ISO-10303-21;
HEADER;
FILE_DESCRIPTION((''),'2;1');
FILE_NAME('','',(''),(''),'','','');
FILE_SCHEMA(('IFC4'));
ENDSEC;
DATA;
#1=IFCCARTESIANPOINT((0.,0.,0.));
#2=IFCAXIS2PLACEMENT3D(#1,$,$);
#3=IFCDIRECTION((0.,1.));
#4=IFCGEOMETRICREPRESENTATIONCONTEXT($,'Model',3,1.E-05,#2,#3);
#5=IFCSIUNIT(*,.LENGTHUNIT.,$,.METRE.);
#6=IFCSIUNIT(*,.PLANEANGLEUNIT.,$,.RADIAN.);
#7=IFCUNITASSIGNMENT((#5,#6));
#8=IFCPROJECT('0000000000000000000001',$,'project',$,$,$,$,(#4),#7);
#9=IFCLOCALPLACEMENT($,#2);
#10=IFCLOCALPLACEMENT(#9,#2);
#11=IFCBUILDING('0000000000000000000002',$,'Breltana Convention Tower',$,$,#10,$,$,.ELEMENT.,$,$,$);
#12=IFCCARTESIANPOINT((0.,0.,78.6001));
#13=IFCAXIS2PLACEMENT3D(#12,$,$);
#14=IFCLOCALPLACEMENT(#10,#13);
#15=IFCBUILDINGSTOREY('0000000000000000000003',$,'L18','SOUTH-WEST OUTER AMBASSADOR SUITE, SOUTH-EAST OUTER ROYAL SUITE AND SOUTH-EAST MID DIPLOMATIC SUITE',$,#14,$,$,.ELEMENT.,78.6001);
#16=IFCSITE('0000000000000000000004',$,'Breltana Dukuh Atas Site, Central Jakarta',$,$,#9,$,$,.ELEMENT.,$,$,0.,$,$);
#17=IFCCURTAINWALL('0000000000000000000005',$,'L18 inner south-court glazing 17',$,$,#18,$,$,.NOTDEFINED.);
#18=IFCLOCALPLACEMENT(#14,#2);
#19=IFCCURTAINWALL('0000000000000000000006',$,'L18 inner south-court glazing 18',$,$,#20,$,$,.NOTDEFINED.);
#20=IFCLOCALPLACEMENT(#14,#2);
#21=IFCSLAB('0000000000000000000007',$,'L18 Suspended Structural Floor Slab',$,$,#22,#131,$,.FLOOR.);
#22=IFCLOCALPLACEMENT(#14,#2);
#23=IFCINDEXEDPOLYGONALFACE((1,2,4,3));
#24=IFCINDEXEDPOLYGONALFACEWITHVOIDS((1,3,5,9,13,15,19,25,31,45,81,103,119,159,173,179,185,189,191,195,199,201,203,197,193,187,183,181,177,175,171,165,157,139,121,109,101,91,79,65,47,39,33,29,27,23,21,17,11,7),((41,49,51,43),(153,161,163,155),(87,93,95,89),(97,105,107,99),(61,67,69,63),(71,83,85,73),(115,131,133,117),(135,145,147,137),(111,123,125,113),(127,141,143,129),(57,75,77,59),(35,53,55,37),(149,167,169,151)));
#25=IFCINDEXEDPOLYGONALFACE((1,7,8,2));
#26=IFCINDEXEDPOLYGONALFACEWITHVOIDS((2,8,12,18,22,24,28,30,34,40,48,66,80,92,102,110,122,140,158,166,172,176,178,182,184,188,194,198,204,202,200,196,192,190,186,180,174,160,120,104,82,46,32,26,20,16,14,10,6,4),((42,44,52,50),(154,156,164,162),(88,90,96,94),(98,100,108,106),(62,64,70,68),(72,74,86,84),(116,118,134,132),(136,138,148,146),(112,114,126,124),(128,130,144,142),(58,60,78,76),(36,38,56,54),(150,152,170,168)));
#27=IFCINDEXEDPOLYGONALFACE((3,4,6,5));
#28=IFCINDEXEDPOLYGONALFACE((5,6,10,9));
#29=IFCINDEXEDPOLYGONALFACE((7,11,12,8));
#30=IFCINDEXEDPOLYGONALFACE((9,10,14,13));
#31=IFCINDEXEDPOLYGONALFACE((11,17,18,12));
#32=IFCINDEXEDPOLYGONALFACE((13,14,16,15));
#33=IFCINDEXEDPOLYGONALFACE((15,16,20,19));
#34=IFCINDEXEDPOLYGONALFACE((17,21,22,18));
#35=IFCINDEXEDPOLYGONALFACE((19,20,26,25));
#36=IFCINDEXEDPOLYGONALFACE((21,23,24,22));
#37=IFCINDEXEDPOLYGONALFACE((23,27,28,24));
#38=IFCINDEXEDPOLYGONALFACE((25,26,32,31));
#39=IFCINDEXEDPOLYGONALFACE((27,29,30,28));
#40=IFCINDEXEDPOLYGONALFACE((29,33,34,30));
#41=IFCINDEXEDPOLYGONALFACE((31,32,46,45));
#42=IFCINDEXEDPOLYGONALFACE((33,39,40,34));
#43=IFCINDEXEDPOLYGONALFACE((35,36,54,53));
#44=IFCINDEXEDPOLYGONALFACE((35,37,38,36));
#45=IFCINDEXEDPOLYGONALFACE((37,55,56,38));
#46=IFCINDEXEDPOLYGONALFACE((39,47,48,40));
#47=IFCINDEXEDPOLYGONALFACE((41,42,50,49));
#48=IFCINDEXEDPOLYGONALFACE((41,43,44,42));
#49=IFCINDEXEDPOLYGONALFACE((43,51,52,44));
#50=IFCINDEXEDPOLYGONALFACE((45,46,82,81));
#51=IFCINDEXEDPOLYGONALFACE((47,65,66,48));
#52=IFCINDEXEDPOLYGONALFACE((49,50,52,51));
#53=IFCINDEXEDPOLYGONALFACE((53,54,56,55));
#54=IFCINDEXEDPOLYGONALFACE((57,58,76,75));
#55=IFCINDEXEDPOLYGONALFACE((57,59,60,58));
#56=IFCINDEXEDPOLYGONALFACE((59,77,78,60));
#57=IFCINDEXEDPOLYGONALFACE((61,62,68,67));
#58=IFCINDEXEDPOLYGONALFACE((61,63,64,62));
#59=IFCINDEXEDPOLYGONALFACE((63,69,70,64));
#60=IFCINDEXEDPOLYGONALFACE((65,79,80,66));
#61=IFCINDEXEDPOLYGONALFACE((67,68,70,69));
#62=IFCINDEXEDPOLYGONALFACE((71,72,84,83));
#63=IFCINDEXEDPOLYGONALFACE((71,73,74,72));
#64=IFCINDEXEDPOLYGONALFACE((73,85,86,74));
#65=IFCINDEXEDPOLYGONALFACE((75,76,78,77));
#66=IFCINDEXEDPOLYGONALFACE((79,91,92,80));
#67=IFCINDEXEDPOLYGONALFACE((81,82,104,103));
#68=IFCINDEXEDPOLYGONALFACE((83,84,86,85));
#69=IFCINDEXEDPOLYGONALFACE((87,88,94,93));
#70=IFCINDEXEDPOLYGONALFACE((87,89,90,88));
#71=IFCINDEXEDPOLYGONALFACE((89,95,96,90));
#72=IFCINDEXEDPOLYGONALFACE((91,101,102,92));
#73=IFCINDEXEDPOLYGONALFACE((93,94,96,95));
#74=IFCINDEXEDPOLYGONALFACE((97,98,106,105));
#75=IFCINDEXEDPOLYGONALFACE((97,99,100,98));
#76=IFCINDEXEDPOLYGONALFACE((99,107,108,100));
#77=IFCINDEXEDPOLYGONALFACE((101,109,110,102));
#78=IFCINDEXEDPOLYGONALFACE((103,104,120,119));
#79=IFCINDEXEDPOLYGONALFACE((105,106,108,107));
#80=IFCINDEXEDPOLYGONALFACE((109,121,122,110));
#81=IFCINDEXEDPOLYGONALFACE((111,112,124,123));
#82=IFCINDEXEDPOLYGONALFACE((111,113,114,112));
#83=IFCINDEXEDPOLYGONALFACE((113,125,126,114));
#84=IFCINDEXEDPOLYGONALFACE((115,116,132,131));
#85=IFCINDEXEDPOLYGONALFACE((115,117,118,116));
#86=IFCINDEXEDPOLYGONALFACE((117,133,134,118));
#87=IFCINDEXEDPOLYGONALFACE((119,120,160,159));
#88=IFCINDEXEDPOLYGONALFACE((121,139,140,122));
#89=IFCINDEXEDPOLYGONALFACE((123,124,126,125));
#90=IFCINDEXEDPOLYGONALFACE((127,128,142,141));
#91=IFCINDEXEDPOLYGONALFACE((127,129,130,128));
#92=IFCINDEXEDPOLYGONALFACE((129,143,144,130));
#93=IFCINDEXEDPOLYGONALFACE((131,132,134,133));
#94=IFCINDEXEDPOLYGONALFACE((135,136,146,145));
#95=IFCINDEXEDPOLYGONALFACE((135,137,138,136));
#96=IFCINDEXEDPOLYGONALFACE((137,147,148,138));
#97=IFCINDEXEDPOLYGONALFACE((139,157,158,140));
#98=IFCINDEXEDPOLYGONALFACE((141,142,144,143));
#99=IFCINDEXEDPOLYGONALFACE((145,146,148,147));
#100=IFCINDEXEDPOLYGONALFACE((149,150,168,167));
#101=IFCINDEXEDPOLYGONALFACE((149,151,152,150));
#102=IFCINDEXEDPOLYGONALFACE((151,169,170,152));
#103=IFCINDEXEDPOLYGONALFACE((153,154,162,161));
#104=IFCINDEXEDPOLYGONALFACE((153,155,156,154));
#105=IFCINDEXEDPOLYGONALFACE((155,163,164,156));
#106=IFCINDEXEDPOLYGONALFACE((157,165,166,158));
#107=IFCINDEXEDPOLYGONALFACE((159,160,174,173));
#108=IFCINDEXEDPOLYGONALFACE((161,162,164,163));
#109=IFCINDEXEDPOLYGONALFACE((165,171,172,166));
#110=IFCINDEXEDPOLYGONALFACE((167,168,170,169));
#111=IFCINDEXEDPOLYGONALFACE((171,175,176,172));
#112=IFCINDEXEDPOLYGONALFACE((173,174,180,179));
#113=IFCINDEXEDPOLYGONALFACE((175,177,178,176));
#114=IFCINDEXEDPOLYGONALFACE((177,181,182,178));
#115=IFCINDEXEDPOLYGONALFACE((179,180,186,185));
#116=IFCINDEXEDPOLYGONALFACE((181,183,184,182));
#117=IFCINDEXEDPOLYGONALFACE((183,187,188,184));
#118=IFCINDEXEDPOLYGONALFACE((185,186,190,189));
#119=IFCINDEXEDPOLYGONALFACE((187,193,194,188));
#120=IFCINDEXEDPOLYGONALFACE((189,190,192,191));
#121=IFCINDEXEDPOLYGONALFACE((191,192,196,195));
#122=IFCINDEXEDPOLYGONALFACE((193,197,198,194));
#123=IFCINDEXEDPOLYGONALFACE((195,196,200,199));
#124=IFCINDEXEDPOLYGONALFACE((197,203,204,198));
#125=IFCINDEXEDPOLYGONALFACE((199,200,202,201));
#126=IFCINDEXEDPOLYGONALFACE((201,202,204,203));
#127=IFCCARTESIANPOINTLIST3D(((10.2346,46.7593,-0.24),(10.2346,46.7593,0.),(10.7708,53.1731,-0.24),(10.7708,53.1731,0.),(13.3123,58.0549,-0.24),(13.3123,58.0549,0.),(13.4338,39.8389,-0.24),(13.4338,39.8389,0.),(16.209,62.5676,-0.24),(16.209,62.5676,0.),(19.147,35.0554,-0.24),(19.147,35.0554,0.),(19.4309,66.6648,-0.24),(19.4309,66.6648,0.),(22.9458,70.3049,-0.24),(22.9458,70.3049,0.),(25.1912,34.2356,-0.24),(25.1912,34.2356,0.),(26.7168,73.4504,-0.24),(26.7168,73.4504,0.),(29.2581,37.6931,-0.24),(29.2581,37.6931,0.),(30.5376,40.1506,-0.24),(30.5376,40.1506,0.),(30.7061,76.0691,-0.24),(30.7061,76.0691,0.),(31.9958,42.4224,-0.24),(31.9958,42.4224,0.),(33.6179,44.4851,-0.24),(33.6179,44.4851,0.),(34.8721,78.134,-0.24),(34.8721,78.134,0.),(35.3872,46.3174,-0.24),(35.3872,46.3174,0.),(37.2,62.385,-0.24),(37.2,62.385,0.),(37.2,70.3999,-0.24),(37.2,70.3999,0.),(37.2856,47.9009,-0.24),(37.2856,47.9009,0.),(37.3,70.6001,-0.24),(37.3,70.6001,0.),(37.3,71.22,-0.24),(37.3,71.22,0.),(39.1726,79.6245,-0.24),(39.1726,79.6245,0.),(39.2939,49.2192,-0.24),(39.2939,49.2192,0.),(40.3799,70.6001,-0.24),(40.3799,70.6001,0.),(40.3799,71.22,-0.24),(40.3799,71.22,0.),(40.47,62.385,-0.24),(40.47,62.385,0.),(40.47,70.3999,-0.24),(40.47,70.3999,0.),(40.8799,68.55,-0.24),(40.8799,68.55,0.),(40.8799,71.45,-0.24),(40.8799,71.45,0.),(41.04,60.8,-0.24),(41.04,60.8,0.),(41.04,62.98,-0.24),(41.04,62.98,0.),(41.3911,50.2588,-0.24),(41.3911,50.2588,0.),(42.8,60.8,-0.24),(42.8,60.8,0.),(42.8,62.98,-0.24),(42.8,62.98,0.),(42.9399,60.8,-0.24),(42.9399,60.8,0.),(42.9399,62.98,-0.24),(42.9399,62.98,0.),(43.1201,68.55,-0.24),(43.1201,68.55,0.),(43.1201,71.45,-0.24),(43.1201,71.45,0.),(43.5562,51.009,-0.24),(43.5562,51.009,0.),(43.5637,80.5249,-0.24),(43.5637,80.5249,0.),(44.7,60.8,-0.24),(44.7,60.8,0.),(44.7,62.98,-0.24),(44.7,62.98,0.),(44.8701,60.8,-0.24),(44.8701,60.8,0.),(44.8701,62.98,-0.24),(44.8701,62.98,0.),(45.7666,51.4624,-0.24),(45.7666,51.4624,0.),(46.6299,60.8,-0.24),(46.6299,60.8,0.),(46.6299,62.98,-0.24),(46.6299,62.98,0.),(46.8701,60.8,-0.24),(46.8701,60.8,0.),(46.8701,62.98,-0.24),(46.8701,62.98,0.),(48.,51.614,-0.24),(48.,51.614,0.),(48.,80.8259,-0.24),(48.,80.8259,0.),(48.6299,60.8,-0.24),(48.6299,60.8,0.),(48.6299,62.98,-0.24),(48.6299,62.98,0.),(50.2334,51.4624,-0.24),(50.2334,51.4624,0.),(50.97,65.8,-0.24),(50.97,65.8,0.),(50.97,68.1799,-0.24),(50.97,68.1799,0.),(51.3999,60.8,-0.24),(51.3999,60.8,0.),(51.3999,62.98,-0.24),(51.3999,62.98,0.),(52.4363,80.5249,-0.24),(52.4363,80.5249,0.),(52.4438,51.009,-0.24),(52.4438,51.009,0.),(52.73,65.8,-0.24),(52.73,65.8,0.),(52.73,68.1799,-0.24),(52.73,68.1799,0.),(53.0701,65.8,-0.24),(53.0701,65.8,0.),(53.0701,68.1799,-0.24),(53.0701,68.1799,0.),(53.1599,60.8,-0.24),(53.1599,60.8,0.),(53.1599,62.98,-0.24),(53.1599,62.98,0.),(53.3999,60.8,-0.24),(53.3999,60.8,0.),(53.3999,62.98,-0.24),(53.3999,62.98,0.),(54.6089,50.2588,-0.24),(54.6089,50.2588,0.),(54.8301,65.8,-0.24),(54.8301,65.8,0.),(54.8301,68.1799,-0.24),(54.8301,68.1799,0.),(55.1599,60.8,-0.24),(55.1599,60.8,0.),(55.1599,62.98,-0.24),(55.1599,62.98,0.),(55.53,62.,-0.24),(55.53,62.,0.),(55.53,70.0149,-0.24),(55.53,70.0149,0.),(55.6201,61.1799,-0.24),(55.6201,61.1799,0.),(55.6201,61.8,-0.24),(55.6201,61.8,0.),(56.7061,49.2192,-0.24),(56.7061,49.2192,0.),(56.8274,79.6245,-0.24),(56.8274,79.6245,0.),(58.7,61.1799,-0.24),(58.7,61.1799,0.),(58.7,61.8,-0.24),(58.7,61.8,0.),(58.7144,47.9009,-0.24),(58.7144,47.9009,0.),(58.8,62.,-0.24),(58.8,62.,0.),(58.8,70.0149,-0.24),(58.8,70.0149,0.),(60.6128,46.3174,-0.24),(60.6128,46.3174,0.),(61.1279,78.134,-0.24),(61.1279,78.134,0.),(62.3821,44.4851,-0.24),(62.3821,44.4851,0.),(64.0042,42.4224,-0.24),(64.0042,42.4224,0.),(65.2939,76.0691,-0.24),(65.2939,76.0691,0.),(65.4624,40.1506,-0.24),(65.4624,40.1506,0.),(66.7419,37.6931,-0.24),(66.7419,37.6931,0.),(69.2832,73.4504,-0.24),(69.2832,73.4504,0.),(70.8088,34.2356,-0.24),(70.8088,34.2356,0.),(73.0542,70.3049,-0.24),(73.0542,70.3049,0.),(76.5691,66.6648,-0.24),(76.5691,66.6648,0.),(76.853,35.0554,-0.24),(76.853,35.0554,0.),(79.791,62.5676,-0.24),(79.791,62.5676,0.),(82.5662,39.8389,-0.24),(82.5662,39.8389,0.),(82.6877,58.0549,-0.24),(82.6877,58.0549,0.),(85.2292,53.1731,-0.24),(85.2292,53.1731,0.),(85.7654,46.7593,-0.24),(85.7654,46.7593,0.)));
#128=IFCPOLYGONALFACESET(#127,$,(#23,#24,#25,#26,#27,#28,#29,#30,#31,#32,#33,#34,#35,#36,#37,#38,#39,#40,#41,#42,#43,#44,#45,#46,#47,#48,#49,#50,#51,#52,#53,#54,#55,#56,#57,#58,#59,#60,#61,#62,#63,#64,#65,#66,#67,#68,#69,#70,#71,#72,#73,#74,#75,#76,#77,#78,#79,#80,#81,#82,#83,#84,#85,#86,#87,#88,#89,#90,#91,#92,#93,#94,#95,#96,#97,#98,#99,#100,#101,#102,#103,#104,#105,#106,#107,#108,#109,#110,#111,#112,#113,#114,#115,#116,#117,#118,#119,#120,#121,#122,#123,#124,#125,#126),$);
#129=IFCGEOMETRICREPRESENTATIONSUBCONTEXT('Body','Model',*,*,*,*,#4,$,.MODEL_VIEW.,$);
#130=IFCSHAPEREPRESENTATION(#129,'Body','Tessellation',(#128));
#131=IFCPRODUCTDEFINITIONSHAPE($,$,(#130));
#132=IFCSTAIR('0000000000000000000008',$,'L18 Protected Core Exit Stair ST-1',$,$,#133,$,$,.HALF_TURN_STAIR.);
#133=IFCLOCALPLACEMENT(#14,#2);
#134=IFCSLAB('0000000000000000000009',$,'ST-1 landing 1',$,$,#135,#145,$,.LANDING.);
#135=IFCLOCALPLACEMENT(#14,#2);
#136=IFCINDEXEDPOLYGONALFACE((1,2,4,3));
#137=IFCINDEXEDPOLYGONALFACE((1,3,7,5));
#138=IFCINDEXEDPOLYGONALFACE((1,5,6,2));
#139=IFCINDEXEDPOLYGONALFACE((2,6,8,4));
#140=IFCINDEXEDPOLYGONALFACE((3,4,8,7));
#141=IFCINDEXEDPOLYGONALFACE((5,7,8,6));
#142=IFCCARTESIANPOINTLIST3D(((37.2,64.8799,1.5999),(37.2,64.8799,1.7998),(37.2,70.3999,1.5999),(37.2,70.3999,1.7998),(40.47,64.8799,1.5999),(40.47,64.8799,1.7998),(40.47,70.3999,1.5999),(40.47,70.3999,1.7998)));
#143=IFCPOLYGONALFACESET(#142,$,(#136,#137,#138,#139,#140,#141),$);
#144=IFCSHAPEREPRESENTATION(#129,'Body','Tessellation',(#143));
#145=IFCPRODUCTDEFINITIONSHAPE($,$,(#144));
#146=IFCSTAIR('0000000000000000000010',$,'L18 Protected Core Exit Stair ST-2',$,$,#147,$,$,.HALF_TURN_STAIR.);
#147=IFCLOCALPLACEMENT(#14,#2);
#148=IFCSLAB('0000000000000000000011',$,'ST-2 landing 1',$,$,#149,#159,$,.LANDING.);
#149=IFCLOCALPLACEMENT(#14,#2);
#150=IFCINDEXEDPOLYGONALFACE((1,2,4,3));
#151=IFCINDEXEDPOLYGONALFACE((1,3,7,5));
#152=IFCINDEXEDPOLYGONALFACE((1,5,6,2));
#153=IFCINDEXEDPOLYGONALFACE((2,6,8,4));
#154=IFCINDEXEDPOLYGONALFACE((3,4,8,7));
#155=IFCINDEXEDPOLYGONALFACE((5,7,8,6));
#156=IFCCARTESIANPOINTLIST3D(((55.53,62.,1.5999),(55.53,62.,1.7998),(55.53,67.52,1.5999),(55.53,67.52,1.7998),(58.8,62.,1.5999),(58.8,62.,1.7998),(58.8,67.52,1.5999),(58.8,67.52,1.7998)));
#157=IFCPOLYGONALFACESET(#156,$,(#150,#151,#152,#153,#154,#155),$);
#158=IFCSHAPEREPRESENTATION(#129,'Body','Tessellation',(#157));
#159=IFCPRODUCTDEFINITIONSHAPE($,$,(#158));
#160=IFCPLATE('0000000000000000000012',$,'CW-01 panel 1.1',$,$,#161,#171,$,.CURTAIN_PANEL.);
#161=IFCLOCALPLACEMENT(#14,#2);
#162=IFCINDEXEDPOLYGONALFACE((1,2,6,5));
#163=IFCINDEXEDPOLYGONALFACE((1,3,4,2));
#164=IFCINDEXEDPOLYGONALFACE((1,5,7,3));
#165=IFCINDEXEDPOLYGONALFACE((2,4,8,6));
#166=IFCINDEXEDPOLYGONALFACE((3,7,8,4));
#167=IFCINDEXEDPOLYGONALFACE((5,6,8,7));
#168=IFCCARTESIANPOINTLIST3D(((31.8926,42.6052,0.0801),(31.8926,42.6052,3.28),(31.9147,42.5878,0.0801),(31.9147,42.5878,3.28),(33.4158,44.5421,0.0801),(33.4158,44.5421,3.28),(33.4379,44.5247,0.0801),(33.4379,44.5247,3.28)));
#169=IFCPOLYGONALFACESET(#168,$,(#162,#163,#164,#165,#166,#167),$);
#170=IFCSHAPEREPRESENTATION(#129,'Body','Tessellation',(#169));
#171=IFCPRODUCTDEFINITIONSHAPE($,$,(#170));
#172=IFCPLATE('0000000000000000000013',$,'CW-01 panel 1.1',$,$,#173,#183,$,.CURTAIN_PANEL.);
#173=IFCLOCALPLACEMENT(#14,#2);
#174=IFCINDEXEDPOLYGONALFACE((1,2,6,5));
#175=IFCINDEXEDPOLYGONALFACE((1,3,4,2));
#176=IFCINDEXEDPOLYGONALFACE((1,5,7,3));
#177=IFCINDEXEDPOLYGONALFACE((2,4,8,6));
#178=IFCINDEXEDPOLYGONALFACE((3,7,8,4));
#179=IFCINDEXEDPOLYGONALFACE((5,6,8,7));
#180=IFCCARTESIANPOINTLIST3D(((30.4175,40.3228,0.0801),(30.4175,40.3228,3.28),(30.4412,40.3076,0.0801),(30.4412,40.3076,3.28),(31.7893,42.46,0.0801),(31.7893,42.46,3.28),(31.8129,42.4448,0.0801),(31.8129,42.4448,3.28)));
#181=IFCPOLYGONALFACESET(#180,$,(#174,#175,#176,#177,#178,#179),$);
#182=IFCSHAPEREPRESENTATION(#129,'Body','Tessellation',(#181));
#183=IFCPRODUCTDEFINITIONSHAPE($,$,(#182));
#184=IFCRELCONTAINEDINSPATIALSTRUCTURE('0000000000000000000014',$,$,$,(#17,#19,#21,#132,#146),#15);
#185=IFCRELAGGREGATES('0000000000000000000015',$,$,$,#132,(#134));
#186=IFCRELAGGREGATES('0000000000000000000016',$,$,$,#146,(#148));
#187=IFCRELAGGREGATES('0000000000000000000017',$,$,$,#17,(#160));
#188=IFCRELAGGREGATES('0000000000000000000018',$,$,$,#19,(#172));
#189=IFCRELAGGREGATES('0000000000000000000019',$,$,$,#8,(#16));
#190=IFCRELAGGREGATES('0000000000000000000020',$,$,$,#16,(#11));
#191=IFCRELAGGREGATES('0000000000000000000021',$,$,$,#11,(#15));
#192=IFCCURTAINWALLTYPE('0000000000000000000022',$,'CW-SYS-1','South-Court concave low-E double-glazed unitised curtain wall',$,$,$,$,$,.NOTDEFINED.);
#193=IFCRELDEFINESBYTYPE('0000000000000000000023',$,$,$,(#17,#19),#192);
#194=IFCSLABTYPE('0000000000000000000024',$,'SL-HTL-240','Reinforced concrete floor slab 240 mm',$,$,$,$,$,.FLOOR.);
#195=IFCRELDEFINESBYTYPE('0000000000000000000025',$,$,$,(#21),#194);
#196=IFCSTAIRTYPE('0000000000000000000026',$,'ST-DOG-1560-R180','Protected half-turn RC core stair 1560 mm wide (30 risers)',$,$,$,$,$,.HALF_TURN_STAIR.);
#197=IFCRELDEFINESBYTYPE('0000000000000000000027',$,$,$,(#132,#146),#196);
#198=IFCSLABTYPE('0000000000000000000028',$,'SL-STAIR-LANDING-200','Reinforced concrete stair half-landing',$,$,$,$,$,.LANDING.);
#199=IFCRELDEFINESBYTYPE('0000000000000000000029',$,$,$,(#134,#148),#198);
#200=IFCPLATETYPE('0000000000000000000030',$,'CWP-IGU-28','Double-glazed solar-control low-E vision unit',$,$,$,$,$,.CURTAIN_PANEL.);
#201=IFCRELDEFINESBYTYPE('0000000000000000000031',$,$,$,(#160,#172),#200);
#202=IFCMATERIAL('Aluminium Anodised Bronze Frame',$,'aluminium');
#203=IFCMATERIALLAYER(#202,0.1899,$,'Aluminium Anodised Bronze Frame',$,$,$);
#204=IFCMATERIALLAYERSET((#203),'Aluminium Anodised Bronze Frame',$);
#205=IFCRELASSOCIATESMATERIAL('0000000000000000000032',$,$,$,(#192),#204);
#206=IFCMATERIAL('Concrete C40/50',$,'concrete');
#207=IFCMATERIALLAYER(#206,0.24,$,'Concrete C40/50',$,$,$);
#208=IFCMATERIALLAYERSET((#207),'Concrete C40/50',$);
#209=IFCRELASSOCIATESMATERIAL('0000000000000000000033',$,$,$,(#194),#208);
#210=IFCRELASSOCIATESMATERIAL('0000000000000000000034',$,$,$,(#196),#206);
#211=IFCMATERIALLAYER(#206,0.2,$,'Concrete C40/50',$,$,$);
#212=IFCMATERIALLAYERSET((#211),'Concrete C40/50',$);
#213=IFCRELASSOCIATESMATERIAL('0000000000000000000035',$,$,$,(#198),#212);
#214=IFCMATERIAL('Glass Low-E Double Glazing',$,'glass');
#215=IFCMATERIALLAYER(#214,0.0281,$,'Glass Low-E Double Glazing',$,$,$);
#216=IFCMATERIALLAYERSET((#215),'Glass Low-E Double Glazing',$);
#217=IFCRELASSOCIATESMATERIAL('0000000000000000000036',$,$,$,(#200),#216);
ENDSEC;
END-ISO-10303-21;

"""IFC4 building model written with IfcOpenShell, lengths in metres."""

from ifc_helpers import new_model, si_unit, direction, frame, origin, origin_2d, place, context, subcontext, project, spatial, polyline, rectangle, outline, extrude, source, transform, mapped, material, layer, layer_set, type_object, element, aggregate, save


model = new_model("IFC4")

# Units and contexts
model_context = context("Model", 3, precision=1e-05, world=origin(), true_north=direction((0.0, 1.0)))
body_context = subcontext(model_context, "Body", "Model", "MODEL_VIEW")
ifc_project = project(units=[si_unit("LENGTHUNIT", "METRE"), si_unit("PLANEANGLEUNIT", "RADIAN")], contexts=[model_context])

# Site, building, storey
site_placement = place(None, origin())
site = spatial("IfcSite", under=ifc_project, at=site_placement, Name="Breltana Dukuh Atas Site, Central Jakarta", CompositionType="ELEMENT", RefElevation=0.0)
building_placement = place(site_placement, origin())
building = spatial("IfcBuilding", under=site, at=building_placement, Name="Breltana Convention Tower", CompositionType="ELEMENT")
storey_placement = place(building_placement, frame((0.0, 0.0, 78.6001)))
storey = spatial("IfcBuildingStorey", under=building, at=storey_placement, Name="L18", Description="SOUTH-WEST OUTER AMBASSADOR SUITE, SOUTH-EAST OUTER ROYAL SUITE AND SOUTH-EAST MID DIPLOMATIC SUITE", CompositionType="ELEMENT", Elevation=78.6001)

# Curtain walls
ifc_material_1 = material(Name="Aluminium Anodised Bronze Frame", Category="aluminium")
ifc_layer_1 = layer(ifc_material_1, 0.1899, Name="Aluminium Anodised Bronze Frame")
ifc_layer_set_1 = layer_set([ifc_layer_1], Name="Aluminium Anodised Bronze Frame")
curtain_wall_type = type_object("IfcCurtainWallType", Name="CW-SYS-1", Description="South-Court concave low-E double-glazed unitised curtain wall", PredefinedType="NOTDEFINED", material=ifc_layer_set_1)
curtain_wall_1_placement = place(storey_placement, origin())
curtain_wall_1 = element("IfcCurtainWall", 1, at=curtain_wall_1_placement, inside=storey, type_object=curtain_wall_type, Name="L18 inner south-court glazing 17", PredefinedType="NOTDEFINED")
curtain_wall_2_placement = place(storey_placement, origin())
curtain_wall_2 = element("IfcCurtainWall", 2, at=curtain_wall_2_placement, inside=storey, type_object=curtain_wall_type, Name="L18 inner south-court glazing 18", PredefinedType="NOTDEFINED")

# Slab
ifc_material_2 = material(Name="Concrete C40/50", Category="concrete")
ifc_layer_2 = layer(ifc_material_2, 0.24, Name="Concrete C40/50")
ifc_layer_set_2 = layer_set([ifc_layer_2], Name="Concrete C40/50")
slab_type_1 = type_object("IfcSlabType", Name="SL-HTL-240", Description="Reinforced concrete floor slab 240 mm", PredefinedType="FLOOR", material=ifc_layer_set_2)
slab_1_placement = place(storey_placement, frame((0.0, 0.0, -0.24)))
element("IfcSlab", 3, at=slab_1_placement, inside=storey, type_object=slab_type_1, Name="L18 Suspended Structural Floor Slab", PredefinedType="FLOOR", context=body_context, shape_type="SweptSolid", body=[
    extrude(outline(polyline([(85.2292, 53.1731), (82.6877, 58.0549), (79.791, 62.5676), (76.5691, 66.6648), (73.0542, 70.3049), (69.2832, 73.4504), (65.2939, 76.0691), (61.1279, 78.134), (56.8274, 79.6245), (52.4363, 80.5249), (48.0, 80.8259), (43.5637, 80.5249), (39.1726, 79.6245), (34.8721, 78.134), (30.7061, 76.0691), (26.7168, 73.4504), (22.9458, 70.3049), (19.4309, 66.6648), (16.209, 62.5676), (13.3123, 58.0549), (10.7708, 53.1731), (10.2346, 46.7593), (13.4338, 39.8389), (19.147, 35.0554), (25.1912, 34.2356), (29.2581, 37.6931), (30.5376, 40.1506), (31.9958, 42.4224), (33.6179, 44.4851), (35.3872, 46.3174), (37.2856, 47.9009), (39.2939, 49.2192), (41.3911, 50.2588), (43.5562, 51.009), (45.7666, 51.4624), (48.0, 51.614), (50.2334, 51.4624), (52.4438, 51.009), (54.6089, 50.2588), (56.7061, 49.2192), (58.7144, 47.9009), (60.6128, 46.3174), (62.3821, 44.4851), (64.0042, 42.4224), (65.4624, 40.1506), (66.7419, 37.6931), (70.8088, 34.2356), (76.853, 35.0554), (82.5662, 39.8389), (85.7654, 46.7593), (85.2292, 53.1731)]), holes=[polyline([(37.2, 62.385), (40.47, 62.385), (40.47, 70.3999), (37.2, 70.3999), (37.2, 62.385)]), polyline([(55.53, 62.0), (58.8, 62.0), (58.8, 70.0149), (55.53, 70.0149), (55.53, 62.0)]), polyline([(41.04, 60.8), (42.8, 60.8), (42.8, 62.98), (41.04, 62.98), (41.04, 60.8)]), polyline([(42.9399, 60.8), (44.7, 60.8), (44.7, 62.98), (42.9399, 62.98), (42.9399, 60.8)]), polyline([(44.8701, 60.8), (46.6299, 60.8), (46.6299, 62.98), (44.8701, 62.98), (44.8701, 60.8)]), polyline([(46.8701, 60.8), (48.6299, 60.8), (48.6299, 62.98), (46.8701, 62.98), (46.8701, 60.8)]), polyline([(51.3999, 60.8), (53.1599, 60.8), (53.1599, 62.98), (51.3999, 62.98), (51.3999, 60.8)]), polyline([(53.3999, 60.8), (55.1599, 60.8), (55.1599, 62.98), (53.3999, 62.98), (53.3999, 60.8)]), polyline([(50.97, 65.8), (52.73, 65.8), (52.73, 68.1799), (50.97, 68.1799), (50.97, 65.8)]), polyline([(53.0701, 65.8), (54.8301, 65.8), (54.8301, 68.1799), (53.0701, 68.1799), (53.0701, 65.8)]), polyline([(40.8799, 68.55), (43.1201, 68.55), (43.1201, 71.45), (40.8799, 71.45), (40.8799, 68.55)]), polyline([(37.3, 70.6001), (40.3799, 70.6001), (40.3799, 71.22), (37.3, 71.22), (37.3, 70.6001)]), polyline([(55.6201, 61.1799), (58.7, 61.1799), (58.7, 61.8), (55.6201, 61.8), (55.6201, 61.1799)])]), origin(), (0.0, 0.0, 1.0), 0.24),
])

# Stairs, slabs
stair_type = type_object("IfcStairType", Name="ST-DOG-1560-R180", Description="Protected half-turn RC core stair 1560 mm wide (30 risers)", PredefinedType="HALF_TURN_STAIR", material=ifc_material_2)
stair_1_placement = place(storey_placement, origin())
stair_1 = element("IfcStair", 4, at=stair_1_placement, inside=storey, type_object=stair_type, Name="L18 Protected Core Exit Stair ST-1", PredefinedType="HALF_TURN_STAIR")
ifc_layer_3 = layer(ifc_material_2, 0.2, Name="Concrete C40/50")
ifc_layer_set_3 = layer_set([ifc_layer_3], Name="Concrete C40/50")
slab_type_2 = type_object("IfcSlabType", Name="SL-STAIR-LANDING-200", Description="Reinforced concrete stair half-landing", PredefinedType="LANDING", material=ifc_layer_set_3)
slab_2_placement = place(storey_placement, frame((0.0, 0.0, 1.5999)))
slab_2 = element("IfcSlab", 5, at=slab_2_placement, type_object=slab_type_2, Name="ST-1 landing 1", PredefinedType="LANDING", context=body_context, shape_type="SweptSolid", body=[
    extrude(outline(polyline([(40.47, 64.8799), (40.47, 70.3999), (37.2, 70.3999), (37.2, 64.8799), (40.47, 64.8799)])), origin(), (0.0, 0.0, 1.0), 0.2),
])
aggregate(stair_1, [slab_2])
stair_2_placement = place(storey_placement, origin())
stair_2 = element("IfcStair", 6, at=stair_2_placement, inside=storey, type_object=stair_type, Name="L18 Protected Core Exit Stair ST-2", PredefinedType="HALF_TURN_STAIR")
slab_3_placement = place(storey_placement, frame((0.0, 0.0, 1.5999)))
slab_3 = element("IfcSlab", 7, at=slab_3_placement, type_object=slab_type_2, Name="ST-2 landing 1", PredefinedType="LANDING", context=body_context, shape_type="SweptSolid", body=[
    extrude(outline(polyline([(55.53, 67.52), (55.53, 62.0), (58.8, 62.0), (58.8, 67.52), (55.53, 67.52)])), origin(), (0.0, 0.0, 1.0), 0.2),
])
aggregate(stair_2, [slab_3])

# Plates
ifc_material_3 = material(Name="Glass Low-E Double Glazing", Category="glass")
ifc_layer_4 = layer(ifc_material_3, 0.0281, Name="Glass Low-E Double Glazing")
ifc_layer_set_4 = layer_set([ifc_layer_4], Name="Glass Low-E Double Glazing")
plate_type = type_object("IfcPlateType", Name="CWP-IGU-28", Description="Double-glazed solar-control low-E vision unit", PredefinedType="CURTAIN_PANEL", material=ifc_layer_set_4)
shared_shape_1 = source(origin(), body_context, "Body", "SweptSolid", [
    extrude(rectangle(XDim=2.4641, YDim=0.0281, at=origin_2d()), origin(), (0.0, 0.0, 1.0), 3.2),
])
plate_1_placement = place(storey_placement, frame((32.6653, 43.5649, 0.0801), z_axis=(0.0, 0.0, 1.0), x_axis=(-0.618153, -0.786058, 0.0)))
plate_1 = element("IfcPlate", 8, at=plate_1_placement, type_object=plate_type, Name="CW-01 panel 1.1", PredefinedType="CURTAIN_PANEL", context=body_context, shape_type="MappedRepresentation", body=[
    mapped(shared_shape_1, transform((0.0, 0.0, 0.0), scale=1.0)),
])
aggregate(curtain_wall_1, [plate_1])
shared_shape_2 = source(origin(), body_context, "Body", "SweptSolid", [
    extrude(rectangle(XDim=2.5396, YDim=0.0281, at=origin_2d()), origin(), (0.0, 0.0, 1.0), 3.2),
])
plate_2_placement = place(storey_placement, frame((31.1152, 41.3838, 0.0801), z_axis=(0.0, 0.0, 1.0), x_axis=(-0.54017, -0.841556, 0.0)))
plate_2 = element("IfcPlate", 9, at=plate_2_placement, type_object=plate_type, Name="CW-01 panel 1.1", PredefinedType="CURTAIN_PANEL", context=body_context, shape_type="MappedRepresentation", body=[
    mapped(shared_shape_2, transform((0.0, 0.0, 0.0), scale=1.0)),
])
aggregate(curtain_wall_2, [plate_2])

save(model, "model.ifc")
